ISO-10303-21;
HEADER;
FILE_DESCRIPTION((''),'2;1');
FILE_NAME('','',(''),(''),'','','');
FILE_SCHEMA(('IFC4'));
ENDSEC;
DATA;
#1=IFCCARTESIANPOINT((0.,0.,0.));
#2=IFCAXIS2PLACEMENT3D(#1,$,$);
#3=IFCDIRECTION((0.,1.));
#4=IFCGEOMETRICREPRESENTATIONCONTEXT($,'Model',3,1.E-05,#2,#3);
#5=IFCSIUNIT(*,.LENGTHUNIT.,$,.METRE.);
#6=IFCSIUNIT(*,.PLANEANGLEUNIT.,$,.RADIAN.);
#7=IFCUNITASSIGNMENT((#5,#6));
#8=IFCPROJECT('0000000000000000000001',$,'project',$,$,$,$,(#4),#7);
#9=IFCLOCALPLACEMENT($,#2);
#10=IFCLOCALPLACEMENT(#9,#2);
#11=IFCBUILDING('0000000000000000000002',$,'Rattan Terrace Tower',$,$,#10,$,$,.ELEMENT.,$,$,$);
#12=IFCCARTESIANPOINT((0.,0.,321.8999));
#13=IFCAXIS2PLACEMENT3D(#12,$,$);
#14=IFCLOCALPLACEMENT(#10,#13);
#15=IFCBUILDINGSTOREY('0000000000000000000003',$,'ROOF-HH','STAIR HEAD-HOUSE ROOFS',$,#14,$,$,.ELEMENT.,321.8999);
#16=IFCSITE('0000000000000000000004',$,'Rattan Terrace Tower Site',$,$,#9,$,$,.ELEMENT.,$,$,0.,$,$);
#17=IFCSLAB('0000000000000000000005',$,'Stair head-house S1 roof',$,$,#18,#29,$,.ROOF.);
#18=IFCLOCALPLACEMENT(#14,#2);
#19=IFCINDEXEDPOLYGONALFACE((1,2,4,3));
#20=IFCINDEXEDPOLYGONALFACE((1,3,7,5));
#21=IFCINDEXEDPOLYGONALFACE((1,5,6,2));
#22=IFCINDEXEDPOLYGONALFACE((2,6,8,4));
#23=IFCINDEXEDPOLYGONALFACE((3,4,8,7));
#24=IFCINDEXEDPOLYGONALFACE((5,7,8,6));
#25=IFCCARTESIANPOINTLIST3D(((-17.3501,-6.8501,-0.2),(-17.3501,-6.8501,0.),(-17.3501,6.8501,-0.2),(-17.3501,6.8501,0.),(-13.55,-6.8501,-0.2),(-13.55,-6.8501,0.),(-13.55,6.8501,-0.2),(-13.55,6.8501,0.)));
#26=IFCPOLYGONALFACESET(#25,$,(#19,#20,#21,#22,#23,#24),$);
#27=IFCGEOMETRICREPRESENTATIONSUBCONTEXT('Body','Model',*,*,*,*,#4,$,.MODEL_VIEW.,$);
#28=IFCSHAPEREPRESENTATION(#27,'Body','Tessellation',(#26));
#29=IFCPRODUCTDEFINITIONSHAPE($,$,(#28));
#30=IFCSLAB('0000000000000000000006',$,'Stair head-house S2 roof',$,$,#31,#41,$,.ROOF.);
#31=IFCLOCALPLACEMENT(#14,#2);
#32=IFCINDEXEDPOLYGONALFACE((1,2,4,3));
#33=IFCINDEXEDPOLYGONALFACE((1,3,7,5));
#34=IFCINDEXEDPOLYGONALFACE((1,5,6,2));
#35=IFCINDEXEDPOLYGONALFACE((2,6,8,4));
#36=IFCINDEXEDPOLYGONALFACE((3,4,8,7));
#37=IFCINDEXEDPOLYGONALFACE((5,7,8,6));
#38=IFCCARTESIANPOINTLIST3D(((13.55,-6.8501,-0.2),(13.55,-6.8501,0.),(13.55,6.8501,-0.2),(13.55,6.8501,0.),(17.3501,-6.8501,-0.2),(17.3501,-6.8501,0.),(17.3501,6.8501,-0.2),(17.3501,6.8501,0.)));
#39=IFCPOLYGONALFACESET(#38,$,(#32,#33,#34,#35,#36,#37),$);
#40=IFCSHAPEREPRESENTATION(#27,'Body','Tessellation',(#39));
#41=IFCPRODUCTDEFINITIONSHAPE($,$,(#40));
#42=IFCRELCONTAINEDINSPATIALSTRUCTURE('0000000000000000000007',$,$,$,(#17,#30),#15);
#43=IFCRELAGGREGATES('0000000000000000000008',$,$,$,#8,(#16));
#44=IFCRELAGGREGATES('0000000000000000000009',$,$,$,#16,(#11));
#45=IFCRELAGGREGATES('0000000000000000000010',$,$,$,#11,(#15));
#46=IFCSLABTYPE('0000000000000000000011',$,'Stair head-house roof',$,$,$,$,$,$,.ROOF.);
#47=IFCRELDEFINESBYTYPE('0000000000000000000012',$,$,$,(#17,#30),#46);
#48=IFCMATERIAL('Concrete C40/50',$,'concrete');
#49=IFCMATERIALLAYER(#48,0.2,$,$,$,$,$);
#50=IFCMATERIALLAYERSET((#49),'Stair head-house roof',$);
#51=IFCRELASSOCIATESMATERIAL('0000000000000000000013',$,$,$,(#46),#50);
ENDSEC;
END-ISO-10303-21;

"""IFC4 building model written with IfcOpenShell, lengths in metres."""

from ifc_helpers import new_model, si_unit, direction, frame, origin, place, context, subcontext, project, spatial, polyline, outline, extrude, material, layer, layer_set, type_object, element, save


model = new_model("IFC4")

# Units and contexts
model_context = context("Model", 3, precision=1e-05, world=origin(), true_north=direction((0.0, 1.0)))
body_context = subcontext(model_context, "Body", "Model", "MODEL_VIEW")
ifc_project = project(units=[si_unit("LENGTHUNIT", "METRE"), si_unit("PLANEANGLEUNIT", "RADIAN")], contexts=[model_context])

# Site, building, storey
site_placement = place(None, origin())
site = spatial("IfcSite", under=ifc_project, at=site_placement, Name="Rattan Terrace Tower Site", CompositionType="ELEMENT", RefElevation=0.0)
building_placement = place(site_placement, origin())
building = spatial("IfcBuilding", under=site, at=building_placement, Name="Rattan Terrace Tower", CompositionType="ELEMENT")
storey_placement = place(building_placement, frame((0.0, 0.0, 321.8999)))
storey = spatial("IfcBuildingStorey", under=building, at=storey_placement, Name="ROOF-HH", Description="STAIR HEAD-HOUSE ROOFS", CompositionType="ELEMENT", Elevation=321.8999)

# Slabs
ifc_material = material(Name="Concrete C40/50", Category="concrete")
ifc_layer = layer(ifc_material, 0.2)
ifc_layer_set = layer_set([ifc_layer], Name="Stair head-house roof")
slab_type = type_object("IfcSlabType", Name="Stair head-house roof", PredefinedType="ROOF", material=ifc_layer_set)
slab_1_placement = place(storey_placement, frame((0.0, 0.0, -0.2)))
element("IfcSlab", 1, at=slab_1_placement, inside=storey, type_object=slab_type, Name="Stair head-house S1 roof", PredefinedType="ROOF", context=body_context, shape_type="SweptSolid", body=[
    extrude(outline(polyline([(-17.3501, -6.8501), (-13.55, -6.8501), (-13.55, 6.8501), (-17.3501, 6.8501), (-17.3501, -6.8501)])), origin(), (0.0, 0.0, 1.0), 0.2),
])
slab_2_placement = place(storey_placement, frame((0.0, 0.0, -0.2)))
element("IfcSlab", 2, at=slab_2_placement, inside=storey, type_object=slab_type, Name="Stair head-house S2 roof", PredefinedType="ROOF", context=body_context, shape_type="SweptSolid", body=[
    extrude(outline(polyline([(13.55, -6.8501), (17.3501, -6.8501), (17.3501, 6.8501), (13.55, 6.8501), (13.55, -6.8501)])), origin(), (0.0, 0.0, 1.0), 0.2),
])

save(model, "model.ifc")
